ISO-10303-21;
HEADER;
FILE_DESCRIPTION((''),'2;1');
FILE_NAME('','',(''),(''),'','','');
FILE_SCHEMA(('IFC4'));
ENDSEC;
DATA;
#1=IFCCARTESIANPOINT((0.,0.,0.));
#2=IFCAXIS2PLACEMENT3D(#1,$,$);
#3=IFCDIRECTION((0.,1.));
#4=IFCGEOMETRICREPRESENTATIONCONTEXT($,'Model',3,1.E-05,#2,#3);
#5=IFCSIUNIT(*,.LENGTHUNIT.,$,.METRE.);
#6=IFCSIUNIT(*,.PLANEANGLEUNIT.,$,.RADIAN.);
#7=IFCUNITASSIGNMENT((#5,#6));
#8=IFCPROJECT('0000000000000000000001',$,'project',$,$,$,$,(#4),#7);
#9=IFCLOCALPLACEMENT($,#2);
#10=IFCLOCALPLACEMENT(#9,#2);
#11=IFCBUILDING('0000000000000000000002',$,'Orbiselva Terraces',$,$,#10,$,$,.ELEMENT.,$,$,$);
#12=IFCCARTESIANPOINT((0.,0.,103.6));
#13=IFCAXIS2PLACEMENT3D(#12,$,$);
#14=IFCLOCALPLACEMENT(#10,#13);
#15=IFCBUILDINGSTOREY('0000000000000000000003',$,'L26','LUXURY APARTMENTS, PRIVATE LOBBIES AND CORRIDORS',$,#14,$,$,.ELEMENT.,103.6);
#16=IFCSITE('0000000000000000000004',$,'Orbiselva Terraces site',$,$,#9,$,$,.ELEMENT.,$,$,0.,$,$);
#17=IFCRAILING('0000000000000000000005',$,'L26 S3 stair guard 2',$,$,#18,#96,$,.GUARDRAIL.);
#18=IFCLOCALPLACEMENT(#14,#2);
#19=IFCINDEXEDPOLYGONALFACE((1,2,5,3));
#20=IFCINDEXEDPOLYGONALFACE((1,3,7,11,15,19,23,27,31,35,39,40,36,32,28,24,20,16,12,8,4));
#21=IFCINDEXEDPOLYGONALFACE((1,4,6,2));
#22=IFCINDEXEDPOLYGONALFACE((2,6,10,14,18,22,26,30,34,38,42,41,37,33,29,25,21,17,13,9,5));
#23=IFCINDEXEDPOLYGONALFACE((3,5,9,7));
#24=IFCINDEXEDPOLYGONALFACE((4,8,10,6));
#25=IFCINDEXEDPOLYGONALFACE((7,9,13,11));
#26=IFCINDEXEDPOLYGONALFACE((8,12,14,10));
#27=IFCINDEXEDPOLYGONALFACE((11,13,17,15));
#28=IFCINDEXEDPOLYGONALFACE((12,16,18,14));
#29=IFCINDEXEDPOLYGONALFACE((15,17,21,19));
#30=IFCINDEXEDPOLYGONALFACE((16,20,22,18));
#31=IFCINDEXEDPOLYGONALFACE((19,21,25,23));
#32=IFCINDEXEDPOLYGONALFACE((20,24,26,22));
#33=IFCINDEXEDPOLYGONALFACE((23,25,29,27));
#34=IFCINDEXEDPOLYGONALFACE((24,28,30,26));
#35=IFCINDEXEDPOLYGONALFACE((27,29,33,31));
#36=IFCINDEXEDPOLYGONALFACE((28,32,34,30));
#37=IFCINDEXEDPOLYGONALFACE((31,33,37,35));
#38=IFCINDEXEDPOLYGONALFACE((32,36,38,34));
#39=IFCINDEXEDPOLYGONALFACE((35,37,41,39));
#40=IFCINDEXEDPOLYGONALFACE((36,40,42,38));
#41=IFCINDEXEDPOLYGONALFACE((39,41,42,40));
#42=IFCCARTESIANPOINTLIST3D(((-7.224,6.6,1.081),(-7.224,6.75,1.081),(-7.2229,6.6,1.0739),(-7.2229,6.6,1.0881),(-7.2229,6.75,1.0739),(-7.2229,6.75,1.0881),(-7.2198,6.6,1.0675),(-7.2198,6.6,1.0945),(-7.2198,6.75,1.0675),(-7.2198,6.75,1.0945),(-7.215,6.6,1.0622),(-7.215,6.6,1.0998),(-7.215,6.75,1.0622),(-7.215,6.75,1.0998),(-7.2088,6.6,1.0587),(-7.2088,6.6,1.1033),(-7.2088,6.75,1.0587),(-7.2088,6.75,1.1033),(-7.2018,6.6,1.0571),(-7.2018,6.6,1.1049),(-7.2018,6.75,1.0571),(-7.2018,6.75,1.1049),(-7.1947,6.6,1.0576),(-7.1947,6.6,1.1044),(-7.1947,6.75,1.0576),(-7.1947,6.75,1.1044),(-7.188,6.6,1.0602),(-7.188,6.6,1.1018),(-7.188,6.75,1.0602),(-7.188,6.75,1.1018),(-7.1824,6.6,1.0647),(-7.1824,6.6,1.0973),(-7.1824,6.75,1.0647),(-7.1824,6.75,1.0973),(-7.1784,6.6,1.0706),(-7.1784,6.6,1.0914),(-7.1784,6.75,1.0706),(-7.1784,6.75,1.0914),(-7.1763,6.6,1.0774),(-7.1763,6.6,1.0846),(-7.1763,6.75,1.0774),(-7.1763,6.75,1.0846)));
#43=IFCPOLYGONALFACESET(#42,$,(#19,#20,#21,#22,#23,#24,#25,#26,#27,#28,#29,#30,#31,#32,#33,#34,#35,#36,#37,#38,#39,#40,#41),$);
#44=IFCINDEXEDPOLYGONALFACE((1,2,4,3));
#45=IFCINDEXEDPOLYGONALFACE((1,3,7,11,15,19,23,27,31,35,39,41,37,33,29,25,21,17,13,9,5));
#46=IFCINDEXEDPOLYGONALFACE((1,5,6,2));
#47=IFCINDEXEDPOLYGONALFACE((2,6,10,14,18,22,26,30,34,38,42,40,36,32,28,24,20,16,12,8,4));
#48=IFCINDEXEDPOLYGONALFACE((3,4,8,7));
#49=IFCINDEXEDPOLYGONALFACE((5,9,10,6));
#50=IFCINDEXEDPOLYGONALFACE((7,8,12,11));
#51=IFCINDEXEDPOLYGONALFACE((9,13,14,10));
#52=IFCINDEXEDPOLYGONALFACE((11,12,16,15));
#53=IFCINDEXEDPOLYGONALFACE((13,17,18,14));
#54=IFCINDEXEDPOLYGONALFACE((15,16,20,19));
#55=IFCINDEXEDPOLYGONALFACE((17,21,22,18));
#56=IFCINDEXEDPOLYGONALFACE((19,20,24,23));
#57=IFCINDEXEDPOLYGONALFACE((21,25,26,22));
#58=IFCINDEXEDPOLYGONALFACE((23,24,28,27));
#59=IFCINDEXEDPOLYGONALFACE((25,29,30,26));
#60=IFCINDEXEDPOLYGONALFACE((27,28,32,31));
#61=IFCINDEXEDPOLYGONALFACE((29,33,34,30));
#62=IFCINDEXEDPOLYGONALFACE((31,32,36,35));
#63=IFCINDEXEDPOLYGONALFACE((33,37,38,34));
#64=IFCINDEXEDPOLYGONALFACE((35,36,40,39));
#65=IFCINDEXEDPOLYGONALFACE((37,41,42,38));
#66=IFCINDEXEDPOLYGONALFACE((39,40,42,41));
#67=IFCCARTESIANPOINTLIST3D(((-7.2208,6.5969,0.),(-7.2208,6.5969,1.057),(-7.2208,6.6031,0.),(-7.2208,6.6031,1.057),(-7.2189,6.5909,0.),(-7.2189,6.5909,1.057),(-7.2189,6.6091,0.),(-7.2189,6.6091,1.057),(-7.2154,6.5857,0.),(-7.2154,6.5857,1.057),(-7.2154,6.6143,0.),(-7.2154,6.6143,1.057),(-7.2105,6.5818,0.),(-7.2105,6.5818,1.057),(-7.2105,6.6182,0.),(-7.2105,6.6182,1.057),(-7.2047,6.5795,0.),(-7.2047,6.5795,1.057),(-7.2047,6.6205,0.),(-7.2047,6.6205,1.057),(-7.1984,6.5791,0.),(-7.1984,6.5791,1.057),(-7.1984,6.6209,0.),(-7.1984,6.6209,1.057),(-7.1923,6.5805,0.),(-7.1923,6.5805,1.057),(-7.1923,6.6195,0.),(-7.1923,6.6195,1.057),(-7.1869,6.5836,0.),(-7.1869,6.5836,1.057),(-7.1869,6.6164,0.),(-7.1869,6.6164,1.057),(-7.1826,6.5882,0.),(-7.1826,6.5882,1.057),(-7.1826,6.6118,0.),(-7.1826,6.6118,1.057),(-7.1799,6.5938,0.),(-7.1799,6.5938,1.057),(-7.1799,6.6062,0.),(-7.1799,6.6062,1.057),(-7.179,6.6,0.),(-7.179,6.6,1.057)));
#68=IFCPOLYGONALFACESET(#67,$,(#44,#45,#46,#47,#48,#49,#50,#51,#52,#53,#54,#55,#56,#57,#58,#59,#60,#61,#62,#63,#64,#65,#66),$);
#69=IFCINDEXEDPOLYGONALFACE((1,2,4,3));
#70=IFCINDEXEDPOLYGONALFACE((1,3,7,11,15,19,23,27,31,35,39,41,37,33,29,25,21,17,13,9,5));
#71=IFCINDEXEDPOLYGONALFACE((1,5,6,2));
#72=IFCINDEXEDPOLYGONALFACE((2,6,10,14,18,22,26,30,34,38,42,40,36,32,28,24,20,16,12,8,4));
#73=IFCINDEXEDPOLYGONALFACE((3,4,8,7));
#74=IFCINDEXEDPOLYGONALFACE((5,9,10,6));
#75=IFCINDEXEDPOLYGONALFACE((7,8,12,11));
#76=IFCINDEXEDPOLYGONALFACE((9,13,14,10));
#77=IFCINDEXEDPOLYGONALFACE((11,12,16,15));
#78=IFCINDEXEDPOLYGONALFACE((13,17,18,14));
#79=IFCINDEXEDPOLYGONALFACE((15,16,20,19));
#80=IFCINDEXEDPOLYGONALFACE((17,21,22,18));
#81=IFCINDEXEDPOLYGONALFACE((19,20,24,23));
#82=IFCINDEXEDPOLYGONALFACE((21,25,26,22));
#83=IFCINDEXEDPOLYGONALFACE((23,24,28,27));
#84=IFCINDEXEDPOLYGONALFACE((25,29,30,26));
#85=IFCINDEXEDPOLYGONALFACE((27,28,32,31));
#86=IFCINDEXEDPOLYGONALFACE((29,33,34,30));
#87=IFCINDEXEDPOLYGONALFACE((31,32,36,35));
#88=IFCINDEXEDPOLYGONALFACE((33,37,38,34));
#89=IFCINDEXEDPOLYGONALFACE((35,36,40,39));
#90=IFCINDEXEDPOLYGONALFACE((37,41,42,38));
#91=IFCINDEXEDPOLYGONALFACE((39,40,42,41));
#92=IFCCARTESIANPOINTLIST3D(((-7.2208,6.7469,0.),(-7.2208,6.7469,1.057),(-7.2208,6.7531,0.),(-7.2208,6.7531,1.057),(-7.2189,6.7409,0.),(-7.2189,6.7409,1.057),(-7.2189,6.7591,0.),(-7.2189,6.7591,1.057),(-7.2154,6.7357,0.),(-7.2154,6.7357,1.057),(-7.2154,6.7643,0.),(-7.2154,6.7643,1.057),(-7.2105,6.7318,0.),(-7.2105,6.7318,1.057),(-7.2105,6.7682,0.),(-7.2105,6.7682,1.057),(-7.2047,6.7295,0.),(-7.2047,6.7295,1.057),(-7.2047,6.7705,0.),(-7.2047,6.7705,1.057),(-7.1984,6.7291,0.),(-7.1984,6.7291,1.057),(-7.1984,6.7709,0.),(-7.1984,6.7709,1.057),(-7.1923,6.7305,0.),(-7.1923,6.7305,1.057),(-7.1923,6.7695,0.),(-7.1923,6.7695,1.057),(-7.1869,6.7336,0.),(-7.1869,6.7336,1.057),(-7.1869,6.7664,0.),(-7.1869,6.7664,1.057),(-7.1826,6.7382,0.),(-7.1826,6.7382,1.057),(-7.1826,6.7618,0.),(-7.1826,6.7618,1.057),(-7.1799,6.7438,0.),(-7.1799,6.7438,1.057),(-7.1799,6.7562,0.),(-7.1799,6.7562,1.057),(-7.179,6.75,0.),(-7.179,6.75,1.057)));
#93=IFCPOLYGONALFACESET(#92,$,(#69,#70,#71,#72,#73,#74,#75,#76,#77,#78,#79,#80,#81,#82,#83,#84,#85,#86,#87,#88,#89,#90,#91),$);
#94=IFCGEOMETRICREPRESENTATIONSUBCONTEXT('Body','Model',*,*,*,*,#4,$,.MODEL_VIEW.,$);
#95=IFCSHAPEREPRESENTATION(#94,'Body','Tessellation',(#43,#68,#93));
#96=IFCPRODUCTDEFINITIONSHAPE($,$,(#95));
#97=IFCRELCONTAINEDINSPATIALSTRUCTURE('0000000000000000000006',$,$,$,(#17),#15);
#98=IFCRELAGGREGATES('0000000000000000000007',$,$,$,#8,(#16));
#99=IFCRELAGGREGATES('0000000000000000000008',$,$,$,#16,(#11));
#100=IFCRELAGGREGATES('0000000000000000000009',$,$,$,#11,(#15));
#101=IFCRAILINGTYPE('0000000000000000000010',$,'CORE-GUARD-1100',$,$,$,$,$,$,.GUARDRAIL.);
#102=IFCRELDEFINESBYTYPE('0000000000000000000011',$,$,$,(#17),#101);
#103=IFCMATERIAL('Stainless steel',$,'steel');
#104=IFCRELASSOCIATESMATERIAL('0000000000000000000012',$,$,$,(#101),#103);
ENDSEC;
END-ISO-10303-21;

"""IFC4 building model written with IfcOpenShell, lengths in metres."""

from ifc_helpers import new_model, si_unit, direction, frame, origin, origin_2d, place, context, subcontext, project, spatial, circle, extrude, material, type_object, element, save


model = new_model("IFC4")

# Units and contexts
model_context = context("Model", 3, precision=1e-05, world=origin(), true_north=direction((0.0, 1.0)))
body_context = subcontext(model_context, "Body", "Model", "MODEL_VIEW")
ifc_project = project(units=[si_unit("LENGTHUNIT", "METRE"), si_unit("PLANEANGLEUNIT", "RADIAN")], contexts=[model_context])

# Site, building, storey
site_placement = place(None, origin())
site = spatial("IfcSite", under=ifc_project, at=site_placement, Name="Orbiselva Terraces site", CompositionType="ELEMENT", RefElevation=0.0)
building_placement = place(site_placement, origin())
building = spatial("IfcBuilding", under=site, at=building_placement, Name="Orbiselva Terraces", CompositionType="ELEMENT")
storey_placement = place(building_placement, frame((0.0, 0.0, 103.6)))
storey = spatial("IfcBuildingStorey", under=building, at=storey_placement, Name="L26", Description="LUXURY APARTMENTS, PRIVATE LOBBIES AND CORRIDORS", CompositionType="ELEMENT", Elevation=103.6)

# Railing
ifc_material_1 = material(Name="Stainless steel", Category="steel")
railing_type_1 = type_object("IfcRailingType", Name="CORE-GUARD-1100", PredefinedType="GUARDRAIL", material=ifc_material_1)
railing_1_placement = place(storey_placement, frame((-7.2, 6.6, 0.0)))
element("IfcRailing", 1, at=railing_1_placement, inside=storey, type_object=railing_type_1, Name="L26 S3 stair guard 2", PredefinedType="GUARDRAIL", context=body_context, shape_type="SweptSolid", body=[
    extrude(circle(Radius=0.024, at=origin_2d()), frame((0.0, 0.0, 1.081), z_axis=(0.0, 1.0, 0.0), x_axis=(-1.0, 0.0, 0.0)), (0.0, 0.0, 1.0), 0.15),
    extrude(circle(Radius=0.021, at=origin_2d()), origin(), (0.0, 0.0, 1.0), 1.057),
    extrude(circle(Radius=0.021, at=origin_2d()), frame((0.0, 0.15, 0.0)), (0.0, 0.0, 1.0), 1.057),
])

save(model, "model.ifc")
